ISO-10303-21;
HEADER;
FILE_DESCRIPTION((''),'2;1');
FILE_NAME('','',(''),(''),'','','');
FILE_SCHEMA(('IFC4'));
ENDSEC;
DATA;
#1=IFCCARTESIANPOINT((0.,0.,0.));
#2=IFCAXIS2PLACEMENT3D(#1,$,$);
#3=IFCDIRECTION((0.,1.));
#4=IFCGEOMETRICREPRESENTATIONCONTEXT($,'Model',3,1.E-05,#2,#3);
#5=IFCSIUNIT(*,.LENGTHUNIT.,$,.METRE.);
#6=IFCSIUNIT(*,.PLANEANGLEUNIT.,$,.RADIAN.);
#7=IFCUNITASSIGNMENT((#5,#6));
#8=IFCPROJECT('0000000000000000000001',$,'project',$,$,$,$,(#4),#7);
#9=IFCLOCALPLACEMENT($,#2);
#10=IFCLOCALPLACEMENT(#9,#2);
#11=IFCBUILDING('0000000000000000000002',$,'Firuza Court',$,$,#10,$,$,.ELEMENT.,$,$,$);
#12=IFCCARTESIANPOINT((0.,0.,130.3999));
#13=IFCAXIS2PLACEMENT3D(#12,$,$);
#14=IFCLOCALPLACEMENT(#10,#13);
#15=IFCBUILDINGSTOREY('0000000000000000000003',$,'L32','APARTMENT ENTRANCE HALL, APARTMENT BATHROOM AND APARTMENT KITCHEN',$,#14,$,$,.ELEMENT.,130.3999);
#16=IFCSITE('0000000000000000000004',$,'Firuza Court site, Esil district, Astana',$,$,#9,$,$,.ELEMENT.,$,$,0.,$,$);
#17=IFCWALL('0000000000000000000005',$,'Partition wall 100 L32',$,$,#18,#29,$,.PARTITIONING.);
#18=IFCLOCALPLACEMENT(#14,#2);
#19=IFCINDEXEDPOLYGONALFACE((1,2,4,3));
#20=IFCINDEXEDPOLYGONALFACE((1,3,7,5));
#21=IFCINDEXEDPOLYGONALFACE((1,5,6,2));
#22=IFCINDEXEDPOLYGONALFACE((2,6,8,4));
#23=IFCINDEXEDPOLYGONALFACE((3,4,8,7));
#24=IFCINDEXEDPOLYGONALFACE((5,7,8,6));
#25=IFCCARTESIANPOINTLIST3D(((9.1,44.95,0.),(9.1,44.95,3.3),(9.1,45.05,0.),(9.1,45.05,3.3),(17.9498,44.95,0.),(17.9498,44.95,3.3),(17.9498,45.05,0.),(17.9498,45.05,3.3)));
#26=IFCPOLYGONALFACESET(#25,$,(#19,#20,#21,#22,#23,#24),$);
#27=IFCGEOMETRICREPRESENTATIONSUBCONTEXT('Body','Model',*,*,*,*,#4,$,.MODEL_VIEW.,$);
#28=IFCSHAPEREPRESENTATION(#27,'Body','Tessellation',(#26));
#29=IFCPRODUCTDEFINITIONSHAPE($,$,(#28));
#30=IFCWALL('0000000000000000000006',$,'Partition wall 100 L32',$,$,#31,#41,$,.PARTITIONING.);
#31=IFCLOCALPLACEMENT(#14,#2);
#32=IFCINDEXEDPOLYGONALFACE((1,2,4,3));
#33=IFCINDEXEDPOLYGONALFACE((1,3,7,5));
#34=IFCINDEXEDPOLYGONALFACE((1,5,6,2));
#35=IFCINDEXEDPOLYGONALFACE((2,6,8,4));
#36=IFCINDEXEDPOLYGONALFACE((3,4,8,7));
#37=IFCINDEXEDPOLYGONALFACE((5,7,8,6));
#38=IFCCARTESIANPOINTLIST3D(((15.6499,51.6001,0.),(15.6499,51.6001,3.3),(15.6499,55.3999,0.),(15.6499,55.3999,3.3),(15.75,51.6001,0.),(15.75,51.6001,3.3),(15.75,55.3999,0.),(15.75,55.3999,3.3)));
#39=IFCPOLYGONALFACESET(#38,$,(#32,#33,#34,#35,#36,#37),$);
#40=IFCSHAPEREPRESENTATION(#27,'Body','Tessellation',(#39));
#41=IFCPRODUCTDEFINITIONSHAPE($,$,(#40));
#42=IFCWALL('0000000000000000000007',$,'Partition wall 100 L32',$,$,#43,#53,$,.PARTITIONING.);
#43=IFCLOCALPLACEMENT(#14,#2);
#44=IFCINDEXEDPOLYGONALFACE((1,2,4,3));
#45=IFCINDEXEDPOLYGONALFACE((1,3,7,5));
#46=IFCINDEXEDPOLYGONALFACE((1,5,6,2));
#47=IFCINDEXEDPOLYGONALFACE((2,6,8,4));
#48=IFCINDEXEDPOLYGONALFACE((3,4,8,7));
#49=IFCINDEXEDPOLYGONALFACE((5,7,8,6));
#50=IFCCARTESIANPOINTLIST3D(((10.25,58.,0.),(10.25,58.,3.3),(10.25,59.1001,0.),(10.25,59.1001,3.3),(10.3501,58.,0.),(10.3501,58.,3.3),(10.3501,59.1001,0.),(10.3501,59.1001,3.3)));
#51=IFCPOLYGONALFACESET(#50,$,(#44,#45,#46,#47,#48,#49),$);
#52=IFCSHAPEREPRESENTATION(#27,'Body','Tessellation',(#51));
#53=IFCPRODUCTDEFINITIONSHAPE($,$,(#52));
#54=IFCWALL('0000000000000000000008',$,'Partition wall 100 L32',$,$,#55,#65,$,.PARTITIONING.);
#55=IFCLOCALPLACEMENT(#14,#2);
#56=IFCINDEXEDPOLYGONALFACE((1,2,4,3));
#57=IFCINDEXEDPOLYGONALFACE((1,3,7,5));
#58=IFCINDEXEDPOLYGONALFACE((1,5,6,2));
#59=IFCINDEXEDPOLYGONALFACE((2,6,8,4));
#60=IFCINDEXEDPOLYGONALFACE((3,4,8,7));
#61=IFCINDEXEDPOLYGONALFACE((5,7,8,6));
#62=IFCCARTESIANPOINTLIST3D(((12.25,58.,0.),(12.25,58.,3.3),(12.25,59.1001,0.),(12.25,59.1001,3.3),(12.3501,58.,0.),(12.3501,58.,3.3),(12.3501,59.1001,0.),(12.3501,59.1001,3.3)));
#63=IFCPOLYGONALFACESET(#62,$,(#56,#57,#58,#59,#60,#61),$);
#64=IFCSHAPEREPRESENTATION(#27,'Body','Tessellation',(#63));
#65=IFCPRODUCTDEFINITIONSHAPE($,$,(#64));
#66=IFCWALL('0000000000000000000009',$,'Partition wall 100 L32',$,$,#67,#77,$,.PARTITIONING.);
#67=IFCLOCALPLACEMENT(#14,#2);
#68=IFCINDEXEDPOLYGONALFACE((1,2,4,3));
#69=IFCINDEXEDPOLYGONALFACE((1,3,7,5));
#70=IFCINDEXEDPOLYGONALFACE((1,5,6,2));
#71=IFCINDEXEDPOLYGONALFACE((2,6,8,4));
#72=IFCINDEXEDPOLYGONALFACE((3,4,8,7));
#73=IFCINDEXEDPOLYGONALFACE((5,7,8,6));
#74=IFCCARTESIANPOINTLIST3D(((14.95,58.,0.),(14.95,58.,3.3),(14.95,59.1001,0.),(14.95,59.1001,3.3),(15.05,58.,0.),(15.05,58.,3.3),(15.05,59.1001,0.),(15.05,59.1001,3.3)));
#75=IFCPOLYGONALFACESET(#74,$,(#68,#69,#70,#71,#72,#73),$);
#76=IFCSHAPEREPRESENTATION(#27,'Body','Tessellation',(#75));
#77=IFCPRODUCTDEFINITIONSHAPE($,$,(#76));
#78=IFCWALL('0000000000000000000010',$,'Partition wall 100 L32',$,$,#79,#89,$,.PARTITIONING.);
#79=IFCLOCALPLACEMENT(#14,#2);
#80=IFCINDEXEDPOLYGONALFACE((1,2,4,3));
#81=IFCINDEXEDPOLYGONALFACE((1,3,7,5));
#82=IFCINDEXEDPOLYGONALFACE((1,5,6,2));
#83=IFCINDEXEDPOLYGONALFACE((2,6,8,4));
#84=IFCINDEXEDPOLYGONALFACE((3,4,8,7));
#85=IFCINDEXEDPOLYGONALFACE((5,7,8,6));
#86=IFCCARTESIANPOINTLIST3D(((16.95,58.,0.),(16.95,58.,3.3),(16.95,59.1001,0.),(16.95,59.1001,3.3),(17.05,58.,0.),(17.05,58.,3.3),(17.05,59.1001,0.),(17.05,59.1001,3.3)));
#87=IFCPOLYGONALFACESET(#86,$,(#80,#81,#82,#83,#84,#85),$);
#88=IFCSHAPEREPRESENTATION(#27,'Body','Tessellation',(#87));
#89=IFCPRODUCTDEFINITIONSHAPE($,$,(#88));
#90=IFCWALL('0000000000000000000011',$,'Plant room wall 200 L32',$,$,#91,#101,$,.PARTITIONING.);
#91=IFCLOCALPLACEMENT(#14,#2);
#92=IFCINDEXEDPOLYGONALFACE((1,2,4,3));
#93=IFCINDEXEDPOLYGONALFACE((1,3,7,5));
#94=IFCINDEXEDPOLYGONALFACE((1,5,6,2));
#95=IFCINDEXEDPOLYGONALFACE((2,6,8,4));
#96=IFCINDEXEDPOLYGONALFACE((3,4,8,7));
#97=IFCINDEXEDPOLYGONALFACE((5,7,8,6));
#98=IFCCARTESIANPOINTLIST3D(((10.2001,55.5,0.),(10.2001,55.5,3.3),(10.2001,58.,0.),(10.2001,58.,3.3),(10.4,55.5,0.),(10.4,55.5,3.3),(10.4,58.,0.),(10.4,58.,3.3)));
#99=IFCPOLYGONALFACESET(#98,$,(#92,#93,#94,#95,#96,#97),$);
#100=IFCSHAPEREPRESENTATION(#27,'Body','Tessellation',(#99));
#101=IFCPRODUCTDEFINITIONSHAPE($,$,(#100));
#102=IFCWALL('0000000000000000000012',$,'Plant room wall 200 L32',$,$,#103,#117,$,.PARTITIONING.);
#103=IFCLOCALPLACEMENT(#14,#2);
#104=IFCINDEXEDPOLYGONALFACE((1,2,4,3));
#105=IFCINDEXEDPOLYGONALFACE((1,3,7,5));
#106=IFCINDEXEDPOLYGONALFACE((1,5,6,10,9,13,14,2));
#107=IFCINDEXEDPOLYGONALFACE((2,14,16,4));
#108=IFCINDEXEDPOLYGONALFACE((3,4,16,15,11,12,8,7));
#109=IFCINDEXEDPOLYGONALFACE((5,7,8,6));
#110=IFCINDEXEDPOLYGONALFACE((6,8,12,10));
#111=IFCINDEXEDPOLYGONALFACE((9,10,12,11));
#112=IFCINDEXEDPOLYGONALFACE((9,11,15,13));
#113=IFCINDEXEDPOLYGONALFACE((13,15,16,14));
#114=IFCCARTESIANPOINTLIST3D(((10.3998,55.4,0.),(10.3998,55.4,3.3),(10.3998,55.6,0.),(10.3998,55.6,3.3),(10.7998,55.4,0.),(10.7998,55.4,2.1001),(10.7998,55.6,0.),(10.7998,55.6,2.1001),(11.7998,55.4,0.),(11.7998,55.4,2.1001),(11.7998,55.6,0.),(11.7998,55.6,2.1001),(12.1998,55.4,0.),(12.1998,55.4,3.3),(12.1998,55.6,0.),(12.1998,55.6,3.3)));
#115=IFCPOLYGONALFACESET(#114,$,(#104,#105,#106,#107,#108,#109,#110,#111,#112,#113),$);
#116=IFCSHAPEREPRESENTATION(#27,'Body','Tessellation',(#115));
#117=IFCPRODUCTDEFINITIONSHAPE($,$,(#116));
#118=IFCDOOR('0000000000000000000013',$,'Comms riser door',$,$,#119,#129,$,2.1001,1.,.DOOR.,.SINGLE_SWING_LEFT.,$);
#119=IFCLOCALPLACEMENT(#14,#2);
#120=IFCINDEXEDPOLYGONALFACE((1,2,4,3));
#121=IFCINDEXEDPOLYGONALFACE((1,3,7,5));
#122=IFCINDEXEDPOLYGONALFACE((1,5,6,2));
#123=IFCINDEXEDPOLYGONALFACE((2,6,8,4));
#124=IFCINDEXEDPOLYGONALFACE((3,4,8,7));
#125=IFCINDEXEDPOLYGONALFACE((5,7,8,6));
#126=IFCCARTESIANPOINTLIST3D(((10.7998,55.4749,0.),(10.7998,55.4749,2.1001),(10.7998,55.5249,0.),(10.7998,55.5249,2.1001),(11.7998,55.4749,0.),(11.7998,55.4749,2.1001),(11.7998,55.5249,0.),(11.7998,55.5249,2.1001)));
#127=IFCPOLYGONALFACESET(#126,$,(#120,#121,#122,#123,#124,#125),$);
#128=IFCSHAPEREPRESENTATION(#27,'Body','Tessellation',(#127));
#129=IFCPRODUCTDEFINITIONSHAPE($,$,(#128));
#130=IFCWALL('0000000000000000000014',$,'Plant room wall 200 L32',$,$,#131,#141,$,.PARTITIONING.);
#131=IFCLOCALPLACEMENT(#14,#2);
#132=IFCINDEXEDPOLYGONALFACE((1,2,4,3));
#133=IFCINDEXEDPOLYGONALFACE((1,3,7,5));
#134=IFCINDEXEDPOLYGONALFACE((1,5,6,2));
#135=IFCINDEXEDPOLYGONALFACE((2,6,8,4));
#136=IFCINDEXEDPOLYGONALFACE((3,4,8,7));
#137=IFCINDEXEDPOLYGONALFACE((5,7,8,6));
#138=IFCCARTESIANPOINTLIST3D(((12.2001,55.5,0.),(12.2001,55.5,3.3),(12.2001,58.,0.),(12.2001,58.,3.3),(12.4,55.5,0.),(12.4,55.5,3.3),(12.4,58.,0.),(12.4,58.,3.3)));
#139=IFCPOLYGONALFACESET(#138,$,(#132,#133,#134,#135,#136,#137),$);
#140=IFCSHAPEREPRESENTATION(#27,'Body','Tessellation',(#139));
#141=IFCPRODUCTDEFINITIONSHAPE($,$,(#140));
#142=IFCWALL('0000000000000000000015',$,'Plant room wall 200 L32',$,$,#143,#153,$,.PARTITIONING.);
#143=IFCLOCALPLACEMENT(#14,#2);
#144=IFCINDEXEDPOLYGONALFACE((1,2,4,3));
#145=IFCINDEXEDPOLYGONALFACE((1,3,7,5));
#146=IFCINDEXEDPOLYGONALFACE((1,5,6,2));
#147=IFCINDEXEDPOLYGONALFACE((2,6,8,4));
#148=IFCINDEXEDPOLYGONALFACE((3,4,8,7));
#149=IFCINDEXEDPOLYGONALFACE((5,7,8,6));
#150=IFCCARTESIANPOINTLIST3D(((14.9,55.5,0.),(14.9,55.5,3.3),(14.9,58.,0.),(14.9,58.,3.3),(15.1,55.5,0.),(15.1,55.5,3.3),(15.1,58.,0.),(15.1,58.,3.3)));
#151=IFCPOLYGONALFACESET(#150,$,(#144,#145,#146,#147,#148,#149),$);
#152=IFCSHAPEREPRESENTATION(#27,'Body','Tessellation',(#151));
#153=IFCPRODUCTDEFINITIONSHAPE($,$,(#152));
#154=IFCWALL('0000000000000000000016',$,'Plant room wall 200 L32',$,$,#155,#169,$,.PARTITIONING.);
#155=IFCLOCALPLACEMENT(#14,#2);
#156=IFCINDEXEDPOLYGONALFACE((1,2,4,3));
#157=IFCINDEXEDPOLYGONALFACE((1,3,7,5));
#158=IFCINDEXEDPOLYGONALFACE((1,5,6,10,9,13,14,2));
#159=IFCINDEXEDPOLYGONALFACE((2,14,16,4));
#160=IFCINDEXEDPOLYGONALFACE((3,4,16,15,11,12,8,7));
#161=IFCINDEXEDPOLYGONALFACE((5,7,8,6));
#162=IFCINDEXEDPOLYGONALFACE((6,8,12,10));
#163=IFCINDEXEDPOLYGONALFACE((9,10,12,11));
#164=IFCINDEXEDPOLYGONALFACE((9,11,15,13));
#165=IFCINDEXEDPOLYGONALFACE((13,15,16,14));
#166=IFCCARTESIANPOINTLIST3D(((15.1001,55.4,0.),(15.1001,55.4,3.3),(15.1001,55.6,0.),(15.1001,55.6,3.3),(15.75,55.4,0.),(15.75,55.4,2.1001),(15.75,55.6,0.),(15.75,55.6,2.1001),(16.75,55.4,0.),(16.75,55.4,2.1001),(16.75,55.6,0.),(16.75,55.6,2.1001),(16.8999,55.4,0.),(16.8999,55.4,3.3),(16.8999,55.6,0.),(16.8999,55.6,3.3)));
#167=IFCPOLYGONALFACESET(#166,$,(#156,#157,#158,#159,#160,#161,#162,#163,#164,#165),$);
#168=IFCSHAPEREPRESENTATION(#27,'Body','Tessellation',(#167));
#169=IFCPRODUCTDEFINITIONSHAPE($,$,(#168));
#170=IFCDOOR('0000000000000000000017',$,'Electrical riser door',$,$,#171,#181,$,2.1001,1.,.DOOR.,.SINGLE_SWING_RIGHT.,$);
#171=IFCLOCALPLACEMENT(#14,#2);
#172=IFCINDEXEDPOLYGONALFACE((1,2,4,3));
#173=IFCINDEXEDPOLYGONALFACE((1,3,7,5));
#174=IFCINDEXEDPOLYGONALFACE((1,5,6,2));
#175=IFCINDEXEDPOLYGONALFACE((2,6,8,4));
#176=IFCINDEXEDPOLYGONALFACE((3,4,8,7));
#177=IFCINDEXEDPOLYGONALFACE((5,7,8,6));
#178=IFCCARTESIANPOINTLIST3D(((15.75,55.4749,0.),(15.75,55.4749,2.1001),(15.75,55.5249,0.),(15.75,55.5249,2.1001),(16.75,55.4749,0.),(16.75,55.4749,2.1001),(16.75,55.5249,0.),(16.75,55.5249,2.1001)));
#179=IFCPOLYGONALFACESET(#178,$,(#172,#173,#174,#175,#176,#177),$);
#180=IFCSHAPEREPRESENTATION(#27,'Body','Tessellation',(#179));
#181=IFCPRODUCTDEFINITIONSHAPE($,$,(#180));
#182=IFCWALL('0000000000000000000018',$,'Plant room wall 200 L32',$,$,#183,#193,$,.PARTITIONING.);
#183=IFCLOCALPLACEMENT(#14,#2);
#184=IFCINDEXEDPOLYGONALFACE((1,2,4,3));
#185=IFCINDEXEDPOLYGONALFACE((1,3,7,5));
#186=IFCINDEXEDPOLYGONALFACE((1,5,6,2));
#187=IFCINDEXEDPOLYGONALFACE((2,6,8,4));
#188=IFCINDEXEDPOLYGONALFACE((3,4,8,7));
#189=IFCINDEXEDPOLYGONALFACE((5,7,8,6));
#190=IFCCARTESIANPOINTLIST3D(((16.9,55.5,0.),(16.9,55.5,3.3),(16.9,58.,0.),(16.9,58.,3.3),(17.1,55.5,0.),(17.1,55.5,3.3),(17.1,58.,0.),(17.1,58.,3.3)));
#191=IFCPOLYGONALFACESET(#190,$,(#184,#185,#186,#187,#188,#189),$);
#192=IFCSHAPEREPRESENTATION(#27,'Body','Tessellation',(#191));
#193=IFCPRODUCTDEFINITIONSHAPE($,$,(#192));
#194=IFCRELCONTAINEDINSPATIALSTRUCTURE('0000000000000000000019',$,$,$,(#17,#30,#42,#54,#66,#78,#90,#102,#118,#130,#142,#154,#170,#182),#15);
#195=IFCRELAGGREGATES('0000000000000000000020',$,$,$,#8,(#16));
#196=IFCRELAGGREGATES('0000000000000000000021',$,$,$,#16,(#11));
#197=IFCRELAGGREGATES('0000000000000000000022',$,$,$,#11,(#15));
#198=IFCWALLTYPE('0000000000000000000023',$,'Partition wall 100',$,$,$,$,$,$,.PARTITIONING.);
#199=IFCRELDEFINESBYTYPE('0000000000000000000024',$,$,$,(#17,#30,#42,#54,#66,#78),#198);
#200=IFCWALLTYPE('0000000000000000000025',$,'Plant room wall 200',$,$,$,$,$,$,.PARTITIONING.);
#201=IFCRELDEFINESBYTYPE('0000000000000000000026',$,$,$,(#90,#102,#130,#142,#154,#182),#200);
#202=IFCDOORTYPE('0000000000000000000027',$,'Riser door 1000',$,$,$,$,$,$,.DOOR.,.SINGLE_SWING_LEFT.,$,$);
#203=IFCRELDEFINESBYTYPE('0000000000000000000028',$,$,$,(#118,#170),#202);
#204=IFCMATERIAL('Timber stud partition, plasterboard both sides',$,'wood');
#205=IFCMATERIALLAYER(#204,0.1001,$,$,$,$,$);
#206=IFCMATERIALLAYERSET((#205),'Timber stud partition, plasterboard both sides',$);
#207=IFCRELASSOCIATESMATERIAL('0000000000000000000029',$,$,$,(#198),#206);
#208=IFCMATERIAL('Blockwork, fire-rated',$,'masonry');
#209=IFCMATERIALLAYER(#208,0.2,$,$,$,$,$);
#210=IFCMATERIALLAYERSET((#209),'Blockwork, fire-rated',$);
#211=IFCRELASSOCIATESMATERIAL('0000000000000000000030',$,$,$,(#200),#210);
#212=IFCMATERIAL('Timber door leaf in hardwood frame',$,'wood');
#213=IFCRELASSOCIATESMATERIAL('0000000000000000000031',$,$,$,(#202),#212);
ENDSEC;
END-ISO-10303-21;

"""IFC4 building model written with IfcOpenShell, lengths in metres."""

from ifc_helpers import new_model, si_unit, direction, frame, frame_2d, origin, place, context, subcontext, project, spatial, rectangle, extrude, material, layer, layer_set, type_object, element, fill, save


model = new_model("IFC4")

# Units and contexts
model_context = context("Model", 3, precision=1e-05, world=origin(), true_north=direction((0.0, 1.0)))
body_context = subcontext(model_context, "Body", "Model", "MODEL_VIEW")
ifc_project = project(units=[si_unit("LENGTHUNIT", "METRE"), si_unit("PLANEANGLEUNIT", "RADIAN")], contexts=[model_context])

# Site, building, storey
site_placement = place(None, origin())
site = spatial("IfcSite", under=ifc_project, at=site_placement, Name="Firuza Court site, Esil district, Astana", CompositionType="ELEMENT", RefElevation=0.0)
building_placement = place(site_placement, origin())
building = spatial("IfcBuilding", under=site, at=building_placement, Name="Firuza Court", CompositionType="ELEMENT")
storey_placement = place(building_placement, frame((0.0, 0.0, 130.3999)))
storey = spatial("IfcBuildingStorey", under=building, at=storey_placement, Name="L32", Description="APARTMENT ENTRANCE HALL, APARTMENT BATHROOM AND APARTMENT KITCHEN", CompositionType="ELEMENT", Elevation=130.3999)

# Walls
ifc_material_1 = material(Name="Timber stud partition, plasterboard both sides", Category="wood")
ifc_layer_1 = layer(ifc_material_1, 0.1001)
ifc_layer_set_1 = layer_set([ifc_layer_1], Name="Timber stud partition, plasterboard both sides")
wall_type_1 = type_object("IfcWallType", Name="Partition wall 100", PredefinedType="PARTITIONING", material=ifc_layer_set_1)
wall_1_placement = place(storey_placement, frame((9.1001, 45.0, 0.0), z_axis=(0.0, 0.0, 1.0), x_axis=(1.0, 0.0, 0.0)))
element("IfcWall", 1, at=wall_1_placement, inside=storey, type_object=wall_type_1, Name="Partition wall 100 L32", PredefinedType="PARTITIONING", context=body_context, shape_type="SweptSolid", body=[
    extrude(rectangle(XDim=8.8499, YDim=0.1001, at=frame_2d((4.4248, 0.0))), origin(), (0.0, 0.0, 1.0), 3.3),
])
wall_2_placement = place(storey_placement, frame((15.7, 51.6001, 0.0), z_axis=(0.0, 0.0, 1.0), x_axis=(0.0, 1.0, 0.0)))
element("IfcWall", 2, at=wall_2_placement, inside=storey, type_object=wall_type_1, Name="Partition wall 100 L32", PredefinedType="PARTITIONING", context=body_context, shape_type="SweptSolid", body=[
    extrude(rectangle(XDim=3.7998, YDim=0.1001, at=frame_2d((1.8999, 0.0))), origin(), (0.0, 0.0, 1.0), 3.3),
])
for number, where, z_axis, x_axis, name in (
    (3, (10.3, 58.0, 0.0), (0.0, 0.0, 1.0), (0.0, 1.0, 0.0), "Partition wall 100 L32"),
    (4, (12.3, 58.0, 0.0), (0.0, 0.0, 1.0), (0.0, 1.0, 0.0), "Partition wall 100 L32"),
    (5, (15.0, 58.0, 0.0), (0.0, 0.0, 1.0), (0.0, 1.0, 0.0), "Partition wall 100 L32"),
    (6, (17.0, 58.0, 0.0), (0.0, 0.0, 1.0), (0.0, 1.0, 0.0), "Partition wall 100 L32"),
):
    element("IfcWall", number, at=place(storey_placement, frame(where, z_axis=z_axis, x_axis=x_axis)), inside=storey, type_object=wall_type_1, Name=name, PredefinedType="PARTITIONING", context=body_context, shape_type="SweptSolid", body=[
        extrude(rectangle(XDim=1.1001, YDim=0.1001, at=frame_2d((0.55, 0.0))), origin(), (0.0, 0.0, 1.0), 3.3),
    ])
ifc_material_2 = material(Name="Blockwork, fire-rated", Category="masonry")
ifc_layer_2 = layer(ifc_material_2, 0.2)
ifc_layer_set_2 = layer_set([ifc_layer_2], Name="Blockwork, fire-rated")
wall_type_2 = type_object("IfcWallType", Name="Plant room wall 200", PredefinedType="PARTITIONING", material=ifc_layer_set_2)
wall_3_placement = place(storey_placement, frame((10.3, 55.5, 0.0), z_axis=(0.0, 0.0, 1.0), x_axis=(0.0, 1.0, 0.0)))
element("IfcWall", 7, at=wall_3_placement, inside=storey, type_object=wall_type_2, Name="Plant room wall 200 L32", PredefinedType="PARTITIONING", context=body_context, shape_type="SweptSolid", body=[
    extrude(rectangle(XDim=2.5, YDim=0.2, at=frame_2d((1.25, 0.0))), origin(), (0.0, 0.0, 1.0), 3.3),
])

# Wall, opening, door
wall_4_placement = place(storey_placement, frame((10.3999, 55.5, 0.0), z_axis=(0.0, 0.0, 1.0), x_axis=(1.0, 0.0, 0.0)))
wall_4 = element("IfcWall", 8, at=wall_4_placement, inside=storey, type_object=wall_type_2, Name="Plant room wall 200 L32", PredefinedType="PARTITIONING", context=body_context, shape_type="SweptSolid", body=[
    extrude(rectangle(XDim=1.8, YDim=0.2, at=frame_2d((0.8999, 0.0))), origin(), (0.0, 0.0, 1.0), 3.3),
])
opening_1_placement = place(wall_4_placement, frame((0.3999, 0.0, 0.0)))
opening_1 = element("IfcOpeningElement", 9, at=opening_1_placement, cuts=wall_4, PredefinedType="OPENING", context=body_context, shape_type="SweptSolid", body=[
    extrude(rectangle(XDim=1.0, YDim=2.1001, at=frame_2d((0.5, 1.05))), frame((0.0, 0.1118, 0.0), z_axis=(0.0, -1.0, 0.0), x_axis=(1.0, 0.0, 0.0)), (0.0, 0.0, 1.0), 0.2239),
])
ifc_material_3 = material(Name="Timber door leaf in hardwood frame", Category="wood")
door_type_1 = type_object("IfcDoorType", Name="Riser door 1000", OperationType="SINGLE_SWING_LEFT", PredefinedType="DOOR", material=ifc_material_3)
door_1_placement = place(opening_1_placement, origin())
door_1 = element("IfcDoor", 10, at=door_1_placement, inside=storey, type_object=door_type_1, Name="Comms riser door", OperationType="SINGLE_SWING_LEFT", OverallHeight=2.1001, OverallWidth=1.0, PredefinedType="DOOR", context=body_context, shape_type="SweptSolid", body=[
    extrude(rectangle(XDim=1.0, YDim=2.1001, at=frame_2d((0.5, 1.05))), frame((0.0, 0.0249, 0.0), z_axis=(0.0, -1.0, 0.0), x_axis=(1.0, 0.0, 0.0)), (0.0, 0.0, 1.0), 0.05),
])
fill(opening_1, door_1)

# Walls
for number, where, z_axis, x_axis, name in (
    (11, (12.3, 55.5, 0.0), (0.0, 0.0, 1.0), (0.0, 1.0, 0.0), "Plant room wall 200 L32"),
    (12, (15.0, 55.5, 0.0), (0.0, 0.0, 1.0), (0.0, 1.0, 0.0), "Plant room wall 200 L32"),
):
    element("IfcWall", number, at=place(storey_placement, frame(where, z_axis=z_axis, x_axis=x_axis)), inside=storey, type_object=wall_type_2, Name=name, PredefinedType="PARTITIONING", context=body_context, shape_type="SweptSolid", body=[
        extrude(rectangle(XDim=2.5, YDim=0.2, at=frame_2d((1.25, 0.0))), origin(), (0.0, 0.0, 1.0), 3.3),
    ])

# Wall, opening, door
wall_5_placement = place(storey_placement, frame((15.1001, 55.5, 0.0), z_axis=(0.0, 0.0, 1.0), x_axis=(1.0, 0.0, 0.0)))
wall_5 = element("IfcWall", 13, at=wall_5_placement, inside=storey, type_object=wall_type_2, Name="Plant room wall 200 L32", PredefinedType="PARTITIONING", context=body_context, shape_type="SweptSolid", body=[
    extrude(rectangle(XDim=1.7998, YDim=0.2, at=frame_2d((0.8999, 0.0))), origin(), (0.0, 0.0, 1.0), 3.3),
])
opening_2_placement = place(wall_5_placement, frame((0.6499, 0.0, 0.0)))
opening_2 = element("IfcOpeningElement", 14, at=opening_2_placement, cuts=wall_5, PredefinedType="OPENING", context=body_context, shape_type="SweptSolid", body=[
    extrude(rectangle(XDim=1.0, YDim=2.1001, at=frame_2d((0.5, 1.05))), frame((0.0, 0.1118, 0.0), z_axis=(0.0, -1.0, 0.0), x_axis=(1.0, 0.0, 0.0)), (0.0, 0.0, 1.0), 0.2239),
])
door_2_placement = place(opening_2_placement, origin())
door_2 = element("IfcDoor", 15, at=door_2_placement, inside=storey, type_object=door_type_1, Name="Electrical riser door", OperationType="SINGLE_SWING_RIGHT", OverallHeight=2.1001, OverallWidth=1.0, PredefinedType="DOOR", context=body_context, shape_type="SweptSolid", body=[
    extrude(rectangle(XDim=1.0, YDim=2.1001, at=frame_2d((0.5, 1.05))), frame((0.0, 0.0249, 0.0), z_axis=(0.0, -1.0, 0.0), x_axis=(1.0, 0.0, 0.0)), (0.0, 0.0, 1.0), 0.05),
])
fill(opening_2, door_2)

# Wall
wall_6_placement = place(storey_placement, frame((17.0, 55.5, 0.0), z_axis=(0.0, 0.0, 1.0), x_axis=(0.0, 1.0, 0.0)))
element("IfcWall", 16, at=wall_6_placement, inside=storey, type_object=wall_type_2, Name="Plant room wall 200 L32", PredefinedType="PARTITIONING", context=body_context, shape_type="SweptSolid", body=[
    extrude(rectangle(XDim=2.5, YDim=0.2, at=frame_2d((1.25, 0.0))), origin(), (0.0, 0.0, 1.0), 3.3),
])

save(model, "model.ifc")
